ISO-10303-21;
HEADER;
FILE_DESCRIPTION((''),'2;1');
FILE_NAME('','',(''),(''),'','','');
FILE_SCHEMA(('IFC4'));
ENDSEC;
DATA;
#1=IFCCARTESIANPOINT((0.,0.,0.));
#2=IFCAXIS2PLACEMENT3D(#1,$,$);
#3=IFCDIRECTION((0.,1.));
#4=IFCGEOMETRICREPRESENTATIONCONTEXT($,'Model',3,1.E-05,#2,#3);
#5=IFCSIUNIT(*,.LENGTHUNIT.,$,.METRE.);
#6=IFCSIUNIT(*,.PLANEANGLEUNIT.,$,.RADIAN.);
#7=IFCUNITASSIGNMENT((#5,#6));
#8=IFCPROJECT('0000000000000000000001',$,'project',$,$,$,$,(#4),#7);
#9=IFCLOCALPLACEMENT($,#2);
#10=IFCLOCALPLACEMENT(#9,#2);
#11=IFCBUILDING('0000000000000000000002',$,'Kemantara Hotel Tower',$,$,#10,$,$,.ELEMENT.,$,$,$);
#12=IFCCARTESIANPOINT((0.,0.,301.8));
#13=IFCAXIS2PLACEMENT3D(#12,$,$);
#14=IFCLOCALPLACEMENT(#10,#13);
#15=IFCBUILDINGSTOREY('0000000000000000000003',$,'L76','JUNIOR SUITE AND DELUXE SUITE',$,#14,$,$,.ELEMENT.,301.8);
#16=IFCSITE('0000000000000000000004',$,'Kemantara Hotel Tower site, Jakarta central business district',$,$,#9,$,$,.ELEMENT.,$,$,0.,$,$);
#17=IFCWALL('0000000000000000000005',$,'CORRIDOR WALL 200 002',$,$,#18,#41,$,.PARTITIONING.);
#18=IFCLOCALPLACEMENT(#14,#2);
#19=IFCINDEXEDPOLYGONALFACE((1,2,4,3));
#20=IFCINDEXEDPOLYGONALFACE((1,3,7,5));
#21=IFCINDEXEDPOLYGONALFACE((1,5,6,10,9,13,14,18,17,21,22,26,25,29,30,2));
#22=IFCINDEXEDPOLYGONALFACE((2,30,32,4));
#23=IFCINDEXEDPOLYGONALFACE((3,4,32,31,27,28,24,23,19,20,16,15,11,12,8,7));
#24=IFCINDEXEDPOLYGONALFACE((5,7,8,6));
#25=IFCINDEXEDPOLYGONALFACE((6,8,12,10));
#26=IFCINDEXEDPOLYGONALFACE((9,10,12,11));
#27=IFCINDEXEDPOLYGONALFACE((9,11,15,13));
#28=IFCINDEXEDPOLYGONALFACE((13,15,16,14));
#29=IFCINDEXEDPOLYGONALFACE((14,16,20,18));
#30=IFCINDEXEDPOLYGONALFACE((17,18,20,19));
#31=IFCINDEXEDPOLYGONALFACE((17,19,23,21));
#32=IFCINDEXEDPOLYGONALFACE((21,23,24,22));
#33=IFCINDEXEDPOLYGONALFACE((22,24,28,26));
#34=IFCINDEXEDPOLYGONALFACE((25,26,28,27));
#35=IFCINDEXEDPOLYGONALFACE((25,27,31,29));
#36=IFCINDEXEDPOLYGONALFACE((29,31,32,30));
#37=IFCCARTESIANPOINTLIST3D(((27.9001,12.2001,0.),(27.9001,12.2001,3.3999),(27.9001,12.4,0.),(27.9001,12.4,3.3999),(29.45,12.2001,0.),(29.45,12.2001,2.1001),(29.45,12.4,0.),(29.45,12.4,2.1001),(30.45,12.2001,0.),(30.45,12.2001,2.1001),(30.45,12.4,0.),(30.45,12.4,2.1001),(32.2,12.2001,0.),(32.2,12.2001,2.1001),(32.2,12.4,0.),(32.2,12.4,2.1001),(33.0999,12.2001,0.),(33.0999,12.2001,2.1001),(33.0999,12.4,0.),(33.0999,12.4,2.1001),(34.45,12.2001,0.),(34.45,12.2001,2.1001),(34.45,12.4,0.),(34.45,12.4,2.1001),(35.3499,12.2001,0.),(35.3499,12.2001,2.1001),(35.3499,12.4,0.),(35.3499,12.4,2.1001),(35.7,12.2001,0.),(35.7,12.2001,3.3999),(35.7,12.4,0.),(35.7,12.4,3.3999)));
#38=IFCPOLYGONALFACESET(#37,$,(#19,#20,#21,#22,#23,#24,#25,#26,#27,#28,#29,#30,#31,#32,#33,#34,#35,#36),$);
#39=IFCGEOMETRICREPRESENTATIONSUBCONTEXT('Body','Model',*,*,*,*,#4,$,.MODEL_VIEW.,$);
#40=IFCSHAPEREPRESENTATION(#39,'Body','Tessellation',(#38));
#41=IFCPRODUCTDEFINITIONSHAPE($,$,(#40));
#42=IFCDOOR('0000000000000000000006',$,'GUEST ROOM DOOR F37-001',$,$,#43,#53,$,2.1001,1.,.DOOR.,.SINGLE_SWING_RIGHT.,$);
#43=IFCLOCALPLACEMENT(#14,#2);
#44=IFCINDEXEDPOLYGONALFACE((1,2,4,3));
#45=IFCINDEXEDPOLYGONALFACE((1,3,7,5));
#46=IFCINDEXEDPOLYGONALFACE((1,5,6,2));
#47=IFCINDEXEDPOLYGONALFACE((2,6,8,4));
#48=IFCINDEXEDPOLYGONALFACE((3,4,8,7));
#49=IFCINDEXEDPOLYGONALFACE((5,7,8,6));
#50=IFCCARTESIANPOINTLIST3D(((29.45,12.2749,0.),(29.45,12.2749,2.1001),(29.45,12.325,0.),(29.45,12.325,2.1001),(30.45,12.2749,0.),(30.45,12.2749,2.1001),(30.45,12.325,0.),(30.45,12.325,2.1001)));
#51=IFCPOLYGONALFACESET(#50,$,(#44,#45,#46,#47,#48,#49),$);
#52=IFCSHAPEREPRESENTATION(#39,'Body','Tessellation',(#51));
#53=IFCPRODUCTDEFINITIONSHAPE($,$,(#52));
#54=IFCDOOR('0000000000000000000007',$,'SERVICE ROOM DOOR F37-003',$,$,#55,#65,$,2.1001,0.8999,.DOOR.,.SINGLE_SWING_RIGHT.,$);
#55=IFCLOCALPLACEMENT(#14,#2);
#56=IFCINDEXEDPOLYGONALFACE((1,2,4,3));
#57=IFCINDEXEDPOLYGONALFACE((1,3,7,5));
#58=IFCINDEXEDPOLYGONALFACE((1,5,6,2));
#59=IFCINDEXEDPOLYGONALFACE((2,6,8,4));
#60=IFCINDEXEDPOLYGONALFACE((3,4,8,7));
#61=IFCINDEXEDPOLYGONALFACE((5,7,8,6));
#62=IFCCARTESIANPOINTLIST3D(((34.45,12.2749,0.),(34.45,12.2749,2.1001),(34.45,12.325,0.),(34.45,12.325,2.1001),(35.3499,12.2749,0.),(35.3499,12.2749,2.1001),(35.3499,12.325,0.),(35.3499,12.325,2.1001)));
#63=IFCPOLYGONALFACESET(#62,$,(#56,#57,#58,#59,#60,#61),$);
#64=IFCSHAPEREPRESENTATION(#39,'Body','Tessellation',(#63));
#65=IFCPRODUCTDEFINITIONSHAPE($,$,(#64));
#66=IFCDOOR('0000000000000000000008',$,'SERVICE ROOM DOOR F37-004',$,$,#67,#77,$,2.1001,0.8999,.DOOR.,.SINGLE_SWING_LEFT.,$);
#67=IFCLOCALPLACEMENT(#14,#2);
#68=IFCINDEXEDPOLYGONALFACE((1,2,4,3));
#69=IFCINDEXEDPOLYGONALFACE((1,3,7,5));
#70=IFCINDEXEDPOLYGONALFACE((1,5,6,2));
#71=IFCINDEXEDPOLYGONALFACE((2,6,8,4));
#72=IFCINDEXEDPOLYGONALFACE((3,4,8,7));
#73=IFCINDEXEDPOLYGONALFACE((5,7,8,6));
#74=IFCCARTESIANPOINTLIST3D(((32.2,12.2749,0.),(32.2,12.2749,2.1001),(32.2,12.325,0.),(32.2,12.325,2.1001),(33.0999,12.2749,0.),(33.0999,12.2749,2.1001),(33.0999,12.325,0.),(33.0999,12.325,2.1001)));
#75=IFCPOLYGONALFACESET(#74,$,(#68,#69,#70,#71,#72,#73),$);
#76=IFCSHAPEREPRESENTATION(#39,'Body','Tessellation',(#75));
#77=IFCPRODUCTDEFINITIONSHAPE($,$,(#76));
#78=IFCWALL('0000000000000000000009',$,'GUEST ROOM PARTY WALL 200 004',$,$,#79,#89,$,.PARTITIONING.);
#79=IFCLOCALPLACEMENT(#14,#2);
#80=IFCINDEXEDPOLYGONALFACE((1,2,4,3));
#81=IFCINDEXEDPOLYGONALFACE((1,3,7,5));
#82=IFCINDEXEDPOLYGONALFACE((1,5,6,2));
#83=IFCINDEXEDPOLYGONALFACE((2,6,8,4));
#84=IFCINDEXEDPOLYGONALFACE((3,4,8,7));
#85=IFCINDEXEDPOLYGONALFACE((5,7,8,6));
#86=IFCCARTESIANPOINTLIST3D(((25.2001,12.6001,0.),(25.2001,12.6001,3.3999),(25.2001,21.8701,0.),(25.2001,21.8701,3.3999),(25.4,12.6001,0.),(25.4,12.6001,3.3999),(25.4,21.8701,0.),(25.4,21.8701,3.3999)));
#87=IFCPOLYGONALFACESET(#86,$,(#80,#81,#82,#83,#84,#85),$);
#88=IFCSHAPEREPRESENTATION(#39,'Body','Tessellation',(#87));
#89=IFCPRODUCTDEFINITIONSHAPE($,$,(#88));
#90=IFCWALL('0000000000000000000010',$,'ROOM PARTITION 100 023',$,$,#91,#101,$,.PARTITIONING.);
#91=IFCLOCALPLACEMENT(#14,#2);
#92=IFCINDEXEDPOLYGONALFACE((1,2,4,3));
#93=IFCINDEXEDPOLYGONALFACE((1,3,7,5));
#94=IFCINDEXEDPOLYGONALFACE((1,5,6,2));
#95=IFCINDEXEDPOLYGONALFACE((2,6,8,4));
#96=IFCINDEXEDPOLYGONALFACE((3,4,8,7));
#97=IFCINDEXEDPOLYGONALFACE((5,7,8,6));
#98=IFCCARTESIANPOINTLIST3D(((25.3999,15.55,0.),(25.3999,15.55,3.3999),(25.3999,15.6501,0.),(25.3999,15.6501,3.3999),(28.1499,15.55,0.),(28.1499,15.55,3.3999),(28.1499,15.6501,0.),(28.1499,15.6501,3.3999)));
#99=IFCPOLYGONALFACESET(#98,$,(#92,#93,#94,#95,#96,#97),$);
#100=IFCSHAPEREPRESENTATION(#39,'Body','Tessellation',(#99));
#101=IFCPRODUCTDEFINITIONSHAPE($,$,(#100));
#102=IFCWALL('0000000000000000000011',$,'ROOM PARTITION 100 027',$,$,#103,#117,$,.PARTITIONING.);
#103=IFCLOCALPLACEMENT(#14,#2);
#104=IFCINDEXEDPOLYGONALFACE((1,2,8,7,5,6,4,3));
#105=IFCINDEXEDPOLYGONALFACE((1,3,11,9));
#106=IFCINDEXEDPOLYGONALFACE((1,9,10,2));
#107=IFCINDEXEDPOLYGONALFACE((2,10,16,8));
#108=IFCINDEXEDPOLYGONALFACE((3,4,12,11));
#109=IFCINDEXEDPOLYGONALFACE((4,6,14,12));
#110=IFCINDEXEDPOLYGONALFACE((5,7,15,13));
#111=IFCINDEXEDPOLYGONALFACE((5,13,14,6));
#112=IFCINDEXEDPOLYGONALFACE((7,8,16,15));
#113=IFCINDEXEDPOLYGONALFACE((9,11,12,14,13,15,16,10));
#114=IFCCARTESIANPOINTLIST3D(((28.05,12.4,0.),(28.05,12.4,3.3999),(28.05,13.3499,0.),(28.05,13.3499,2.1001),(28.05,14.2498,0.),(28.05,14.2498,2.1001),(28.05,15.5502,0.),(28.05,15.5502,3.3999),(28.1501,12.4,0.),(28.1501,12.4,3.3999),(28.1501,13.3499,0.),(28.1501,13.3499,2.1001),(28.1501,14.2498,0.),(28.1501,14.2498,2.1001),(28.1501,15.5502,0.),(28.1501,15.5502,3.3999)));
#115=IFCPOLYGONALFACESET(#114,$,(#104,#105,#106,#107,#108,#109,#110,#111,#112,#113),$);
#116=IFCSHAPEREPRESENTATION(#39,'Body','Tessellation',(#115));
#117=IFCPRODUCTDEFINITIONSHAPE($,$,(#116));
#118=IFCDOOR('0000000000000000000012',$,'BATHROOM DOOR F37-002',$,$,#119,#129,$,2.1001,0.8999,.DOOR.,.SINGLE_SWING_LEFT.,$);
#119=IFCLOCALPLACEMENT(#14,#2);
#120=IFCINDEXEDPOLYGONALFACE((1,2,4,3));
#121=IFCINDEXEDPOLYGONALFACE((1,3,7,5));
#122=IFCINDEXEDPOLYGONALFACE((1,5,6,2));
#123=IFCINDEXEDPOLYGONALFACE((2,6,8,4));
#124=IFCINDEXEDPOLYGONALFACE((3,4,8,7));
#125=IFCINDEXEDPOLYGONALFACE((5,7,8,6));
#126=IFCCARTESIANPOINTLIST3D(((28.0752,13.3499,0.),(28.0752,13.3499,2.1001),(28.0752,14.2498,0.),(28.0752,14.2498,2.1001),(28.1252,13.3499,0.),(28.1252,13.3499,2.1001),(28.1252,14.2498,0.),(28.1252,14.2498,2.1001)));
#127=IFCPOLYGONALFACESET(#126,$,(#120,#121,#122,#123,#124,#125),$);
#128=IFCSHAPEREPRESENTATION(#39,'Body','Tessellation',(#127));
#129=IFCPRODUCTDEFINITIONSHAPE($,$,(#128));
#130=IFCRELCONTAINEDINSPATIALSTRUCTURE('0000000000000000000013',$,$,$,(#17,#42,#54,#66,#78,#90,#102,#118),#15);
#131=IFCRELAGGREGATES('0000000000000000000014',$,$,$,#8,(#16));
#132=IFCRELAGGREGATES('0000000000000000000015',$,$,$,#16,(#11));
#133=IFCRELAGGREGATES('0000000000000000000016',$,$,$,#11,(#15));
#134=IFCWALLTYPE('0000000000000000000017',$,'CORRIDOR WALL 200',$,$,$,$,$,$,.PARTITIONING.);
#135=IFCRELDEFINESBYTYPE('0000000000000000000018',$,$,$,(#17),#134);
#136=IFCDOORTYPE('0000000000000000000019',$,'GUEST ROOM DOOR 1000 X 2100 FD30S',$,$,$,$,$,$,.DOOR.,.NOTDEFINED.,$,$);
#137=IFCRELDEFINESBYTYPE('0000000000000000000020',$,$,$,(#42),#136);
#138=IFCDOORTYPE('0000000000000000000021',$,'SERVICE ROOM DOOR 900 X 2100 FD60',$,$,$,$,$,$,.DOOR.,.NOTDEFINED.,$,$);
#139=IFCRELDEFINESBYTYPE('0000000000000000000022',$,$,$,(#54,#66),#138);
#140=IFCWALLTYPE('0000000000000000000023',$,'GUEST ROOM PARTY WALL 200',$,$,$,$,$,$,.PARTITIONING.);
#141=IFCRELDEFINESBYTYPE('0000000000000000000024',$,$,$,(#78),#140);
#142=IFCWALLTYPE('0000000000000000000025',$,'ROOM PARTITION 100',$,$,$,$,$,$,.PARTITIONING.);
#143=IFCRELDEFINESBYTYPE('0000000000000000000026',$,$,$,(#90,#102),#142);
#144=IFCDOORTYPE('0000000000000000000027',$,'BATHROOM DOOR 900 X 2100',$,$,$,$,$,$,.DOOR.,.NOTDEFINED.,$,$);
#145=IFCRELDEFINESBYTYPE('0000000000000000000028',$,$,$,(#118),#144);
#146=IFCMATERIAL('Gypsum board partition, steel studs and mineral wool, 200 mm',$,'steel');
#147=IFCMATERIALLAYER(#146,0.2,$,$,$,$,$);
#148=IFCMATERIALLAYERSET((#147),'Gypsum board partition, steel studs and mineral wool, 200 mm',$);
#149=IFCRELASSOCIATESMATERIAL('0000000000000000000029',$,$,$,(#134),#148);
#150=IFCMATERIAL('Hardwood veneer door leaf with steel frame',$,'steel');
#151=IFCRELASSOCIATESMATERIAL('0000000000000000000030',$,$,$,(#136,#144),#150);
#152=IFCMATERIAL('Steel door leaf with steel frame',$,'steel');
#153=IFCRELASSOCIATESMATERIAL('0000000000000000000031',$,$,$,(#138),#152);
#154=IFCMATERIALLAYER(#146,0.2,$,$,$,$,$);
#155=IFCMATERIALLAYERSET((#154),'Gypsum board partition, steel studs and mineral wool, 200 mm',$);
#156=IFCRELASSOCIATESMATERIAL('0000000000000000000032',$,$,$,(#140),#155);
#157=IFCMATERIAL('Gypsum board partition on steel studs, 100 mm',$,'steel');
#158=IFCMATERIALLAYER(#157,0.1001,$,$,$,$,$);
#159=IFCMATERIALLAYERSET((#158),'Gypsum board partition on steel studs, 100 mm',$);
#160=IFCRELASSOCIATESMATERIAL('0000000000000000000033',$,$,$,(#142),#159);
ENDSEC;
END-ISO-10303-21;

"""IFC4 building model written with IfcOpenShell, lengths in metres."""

from ifc_helpers import new_model, si_unit, direction, frame, frame_2d, origin, place, context, subcontext, project, spatial, rectangle, extrude, material, layer, layer_set, type_object, element, fill, save


model = new_model("IFC4")

# Units and contexts
model_context = context("Model", 3, precision=1e-05, world=origin(), true_north=direction((0.0, 1.0)))
body_context = subcontext(model_context, "Body", "Model", "MODEL_VIEW")
ifc_project = project(units=[si_unit("LENGTHUNIT", "METRE"), si_unit("PLANEANGLEUNIT", "RADIAN")], contexts=[model_context])

# Site, building, storey
site_placement = place(None, origin())
site = spatial("IfcSite", under=ifc_project, at=site_placement, Name="Kemantara Hotel Tower site, Jakarta central business district", CompositionType="ELEMENT", RefElevation=0.0)
building_placement = place(site_placement, origin())
building = spatial("IfcBuilding", under=site, at=building_placement, Name="Kemantara Hotel Tower", CompositionType="ELEMENT")
storey_placement = place(building_placement, frame((0.0, 0.0, 301.8)))
storey = spatial("IfcBuildingStorey", under=building, at=storey_placement, Name="L76", Description="JUNIOR SUITE AND DELUXE SUITE", CompositionType="ELEMENT", Elevation=301.8)

# Shared definitions
ifc_material_1 = material(Name="Gypsum board partition, steel studs and mineral wool, 200 mm", Category="steel")
ifc_layer_1 = layer(ifc_material_1, 0.2)
ifc_layer_set_1 = layer_set([ifc_layer_1], Name="Gypsum board partition, steel studs and mineral wool, 200 mm")
wall_type_1 = type_object("IfcWallType", Name="CORRIDOR WALL 200", PredefinedType="PARTITIONING", material=ifc_layer_set_1)

# Wall, openings, doors
wall_1_placement = place(storey_placement, frame((27.9001, 12.3, 0.0), z_axis=(0.0, 0.0, 1.0), x_axis=(1.0, 0.0, 0.0)))
wall_1 = element("IfcWall", 1, at=wall_1_placement, inside=storey, type_object=wall_type_1, Name="CORRIDOR WALL 200 002", PredefinedType="PARTITIONING", context=body_context, shape_type="SweptSolid", body=[
    extrude(rectangle(XDim=7.7998, YDim=0.2, at=frame_2d((3.8999, 0.0))), origin(), (0.0, 0.0, 1.0), 3.3999),
])
opening_1_placement = place(wall_1_placement, frame((1.5498, 0.0, 0.0)))
opening_1 = element("IfcOpeningElement", 2, at=opening_1_placement, cuts=wall_1, PredefinedType="OPENING", context=body_context, shape_type="SweptSolid", body=[
    extrude(rectangle(XDim=1.0, YDim=2.1001, at=frame_2d((0.5, 1.05))), frame((0.0, 0.1099, 0.0), z_axis=(0.0, -1.0, 0.0), x_axis=(1.0, 0.0, 0.0)), (0.0, 0.0, 1.0), 0.22),
])
opening_2_placement = place(wall_1_placement, frame((6.5498, 0.0, 0.0)))
opening_2 = element("IfcOpeningElement", 3, at=opening_2_placement, cuts=wall_1, PredefinedType="OPENING", context=body_context, shape_type="SweptSolid", body=[
    extrude(rectangle(XDim=0.8999, YDim=2.1001, at=frame_2d((0.45, 1.05))), frame((0.0, 0.1099, 0.0), z_axis=(0.0, -1.0, 0.0), x_axis=(1.0, 0.0, 0.0)), (0.0, 0.0, 1.0), 0.22),
])
opening_3_placement = place(wall_1_placement, frame((4.2998, 0.0, 0.0)))
opening_3 = element("IfcOpeningElement", 4, at=opening_3_placement, cuts=wall_1, PredefinedType="OPENING", context=body_context, shape_type="SweptSolid", body=[
    extrude(rectangle(XDim=0.8999, YDim=2.1001, at=frame_2d((0.45, 1.05))), frame((0.0, 0.1099, 0.0), z_axis=(0.0, -1.0, 0.0), x_axis=(1.0, 0.0, 0.0)), (0.0, 0.0, 1.0), 0.22),
])
ifc_material_2 = material(Name="Hardwood veneer door leaf with steel frame", Category="steel")
door_type_1 = type_object("IfcDoorType", Name="GUEST ROOM DOOR 1000 X 2100 FD30S", OperationType="NOTDEFINED", PredefinedType="DOOR", material=ifc_material_2)
door_1_placement = place(opening_1_placement, origin())
door_1 = element("IfcDoor", 5, at=door_1_placement, inside=storey, type_object=door_type_1, Name="GUEST ROOM DOOR F37-001", OperationType="SINGLE_SWING_RIGHT", OverallHeight=2.1001, OverallWidth=1.0, PredefinedType="DOOR", context=body_context, shape_type="SweptSolid", body=[
    extrude(rectangle(XDim=1.0, YDim=2.1001, at=frame_2d((0.5, 1.05))), frame((0.0, 0.0249, 0.0), z_axis=(0.0, -1.0, 0.0), x_axis=(1.0, 0.0, 0.0)), (0.0, 0.0, 1.0), 0.05),
])
fill(opening_1, door_1)
ifc_material_3 = material(Name="Steel door leaf with steel frame", Category="steel")
door_type_2 = type_object("IfcDoorType", Name="SERVICE ROOM DOOR 900 X 2100 FD60", OperationType="NOTDEFINED", PredefinedType="DOOR", material=ifc_material_3)
door_2_placement = place(opening_2_placement, origin())
door_2 = element("IfcDoor", 6, at=door_2_placement, inside=storey, type_object=door_type_2, Name="SERVICE ROOM DOOR F37-003", OperationType="SINGLE_SWING_RIGHT", OverallHeight=2.1001, OverallWidth=0.8999, PredefinedType="DOOR", context=body_context, shape_type="SweptSolid", body=[
    extrude(rectangle(XDim=0.8999, YDim=2.1001, at=frame_2d((0.45, 1.05))), frame((0.0, 0.0249, 0.0), z_axis=(0.0, -1.0, 0.0), x_axis=(1.0, 0.0, 0.0)), (0.0, 0.0, 1.0), 0.05),
])
fill(opening_2, door_2)
door_3_placement = place(opening_3_placement, origin())
door_3 = element("IfcDoor", 7, at=door_3_placement, inside=storey, type_object=door_type_2, Name="SERVICE ROOM DOOR F37-004", OperationType="SINGLE_SWING_LEFT", OverallHeight=2.1001, OverallWidth=0.8999, PredefinedType="DOOR", context=body_context, shape_type="SweptSolid", body=[
    extrude(rectangle(XDim=0.8999, YDim=2.1001, at=frame_2d((0.45, 1.05))), frame((0.0, 0.0249, 0.0), z_axis=(0.0, -1.0, 0.0), x_axis=(1.0, 0.0, 0.0)), (0.0, 0.0, 1.0), 0.05),
])
fill(opening_3, door_3)

# Walls
ifc_layer_2 = layer(ifc_material_1, 0.2)
ifc_layer_set_2 = layer_set([ifc_layer_2], Name="Gypsum board partition, steel studs and mineral wool, 200 mm")
wall_type_2 = type_object("IfcWallType", Name="GUEST ROOM PARTY WALL 200", PredefinedType="PARTITIONING", material=ifc_layer_set_2)
wall_2_placement = place(storey_placement, frame((25.3, 12.6001, 0.0), z_axis=(0.0, 0.0, 1.0), x_axis=(0.0, 1.0, 0.0)))
element("IfcWall", 8, at=wall_2_placement, inside=storey, type_object=wall_type_2, Name="GUEST ROOM PARTY WALL 200 004", PredefinedType="PARTITIONING", context=body_context, shape_type="SweptSolid", body=[
    extrude(rectangle(XDim=9.27, YDim=0.2, at=frame_2d((4.635, 0.0))), origin(), (0.0, 0.0, 1.0), 3.3999),
])
ifc_material_4 = material(Name="Gypsum board partition on steel studs, 100 mm", Category="steel")
ifc_layer_3 = layer(ifc_material_4, 0.1001)
ifc_layer_set_3 = layer_set([ifc_layer_3], Name="Gypsum board partition on steel studs, 100 mm")
wall_type_3 = type_object("IfcWallType", Name="ROOM PARTITION 100", PredefinedType="PARTITIONING", material=ifc_layer_set_3)
wall_3_placement = place(storey_placement, frame((25.3999, 15.6001, 0.0), z_axis=(0.0, 0.0, 1.0), x_axis=(1.0, 0.0, 0.0)))
element("IfcWall", 9, at=wall_3_placement, inside=storey, type_object=wall_type_3, Name="ROOM PARTITION 100 023", PredefinedType="PARTITIONING", context=body_context, shape_type="SweptSolid", body=[
    extrude(rectangle(XDim=2.75, YDim=0.1001, at=frame_2d((1.375, 0.0))), origin(), (0.0, 0.0, 1.0), 3.3999),
])

# Wall, opening, door
wall_4_placement = place(storey_placement, frame((28.1001, 12.3999, 0.0), z_axis=(0.0, 0.0, 1.0), x_axis=(0.0, 1.0, 0.0)))
wall_4 = element("IfcWall", 10, at=wall_4_placement, inside=storey, type_object=wall_type_3, Name="ROOM PARTITION 100 027", PredefinedType="PARTITIONING", context=body_context, shape_type="SweptSolid", body=[
    extrude(rectangle(XDim=3.1501, YDim=0.1001, at=frame_2d((1.5752, 0.0))), origin(), (0.0, 0.0, 1.0), 3.3999),
])
opening_4_placement = place(wall_4_placement, frame((0.95, 0.0, 0.0)))
opening_4 = element("IfcOpeningElement", 11, at=opening_4_placement, cuts=wall_4, PredefinedType="OPENING", context=body_context, shape_type="SweptSolid", body=[
    extrude(rectangle(XDim=0.8999, YDim=2.1001, at=frame_2d((0.45, 1.05))), frame((0.0, 0.0601, 0.0), z_axis=(0.0, -1.0, 0.0), x_axis=(1.0, 0.0, 0.0)), (0.0, 0.0, 1.0), 0.1201),
])
door_type_3 = type_object("IfcDoorType", Name="BATHROOM DOOR 900 X 2100", OperationType="NOTDEFINED", PredefinedType="DOOR", material=ifc_material_2)
door_4_placement = place(opening_4_placement, origin())
door_4 = element("IfcDoor", 12, at=door_4_placement, inside=storey, type_object=door_type_3, Name="BATHROOM DOOR F37-002", OperationType="SINGLE_SWING_LEFT", OverallHeight=2.1001, OverallWidth=0.8999, PredefinedType="DOOR", context=body_context, shape_type="SweptSolid", body=[
    extrude(rectangle(XDim=0.8999, YDim=2.1001, at=frame_2d((0.45, 1.05))), frame((0.0, 0.0249, 0.0), z_axis=(0.0, -1.0, 0.0), x_axis=(1.0, 0.0, 0.0)), (0.0, 0.0, 1.0), 0.05),
])
fill(opening_4, door_4)

save(model, "model.ifc")
